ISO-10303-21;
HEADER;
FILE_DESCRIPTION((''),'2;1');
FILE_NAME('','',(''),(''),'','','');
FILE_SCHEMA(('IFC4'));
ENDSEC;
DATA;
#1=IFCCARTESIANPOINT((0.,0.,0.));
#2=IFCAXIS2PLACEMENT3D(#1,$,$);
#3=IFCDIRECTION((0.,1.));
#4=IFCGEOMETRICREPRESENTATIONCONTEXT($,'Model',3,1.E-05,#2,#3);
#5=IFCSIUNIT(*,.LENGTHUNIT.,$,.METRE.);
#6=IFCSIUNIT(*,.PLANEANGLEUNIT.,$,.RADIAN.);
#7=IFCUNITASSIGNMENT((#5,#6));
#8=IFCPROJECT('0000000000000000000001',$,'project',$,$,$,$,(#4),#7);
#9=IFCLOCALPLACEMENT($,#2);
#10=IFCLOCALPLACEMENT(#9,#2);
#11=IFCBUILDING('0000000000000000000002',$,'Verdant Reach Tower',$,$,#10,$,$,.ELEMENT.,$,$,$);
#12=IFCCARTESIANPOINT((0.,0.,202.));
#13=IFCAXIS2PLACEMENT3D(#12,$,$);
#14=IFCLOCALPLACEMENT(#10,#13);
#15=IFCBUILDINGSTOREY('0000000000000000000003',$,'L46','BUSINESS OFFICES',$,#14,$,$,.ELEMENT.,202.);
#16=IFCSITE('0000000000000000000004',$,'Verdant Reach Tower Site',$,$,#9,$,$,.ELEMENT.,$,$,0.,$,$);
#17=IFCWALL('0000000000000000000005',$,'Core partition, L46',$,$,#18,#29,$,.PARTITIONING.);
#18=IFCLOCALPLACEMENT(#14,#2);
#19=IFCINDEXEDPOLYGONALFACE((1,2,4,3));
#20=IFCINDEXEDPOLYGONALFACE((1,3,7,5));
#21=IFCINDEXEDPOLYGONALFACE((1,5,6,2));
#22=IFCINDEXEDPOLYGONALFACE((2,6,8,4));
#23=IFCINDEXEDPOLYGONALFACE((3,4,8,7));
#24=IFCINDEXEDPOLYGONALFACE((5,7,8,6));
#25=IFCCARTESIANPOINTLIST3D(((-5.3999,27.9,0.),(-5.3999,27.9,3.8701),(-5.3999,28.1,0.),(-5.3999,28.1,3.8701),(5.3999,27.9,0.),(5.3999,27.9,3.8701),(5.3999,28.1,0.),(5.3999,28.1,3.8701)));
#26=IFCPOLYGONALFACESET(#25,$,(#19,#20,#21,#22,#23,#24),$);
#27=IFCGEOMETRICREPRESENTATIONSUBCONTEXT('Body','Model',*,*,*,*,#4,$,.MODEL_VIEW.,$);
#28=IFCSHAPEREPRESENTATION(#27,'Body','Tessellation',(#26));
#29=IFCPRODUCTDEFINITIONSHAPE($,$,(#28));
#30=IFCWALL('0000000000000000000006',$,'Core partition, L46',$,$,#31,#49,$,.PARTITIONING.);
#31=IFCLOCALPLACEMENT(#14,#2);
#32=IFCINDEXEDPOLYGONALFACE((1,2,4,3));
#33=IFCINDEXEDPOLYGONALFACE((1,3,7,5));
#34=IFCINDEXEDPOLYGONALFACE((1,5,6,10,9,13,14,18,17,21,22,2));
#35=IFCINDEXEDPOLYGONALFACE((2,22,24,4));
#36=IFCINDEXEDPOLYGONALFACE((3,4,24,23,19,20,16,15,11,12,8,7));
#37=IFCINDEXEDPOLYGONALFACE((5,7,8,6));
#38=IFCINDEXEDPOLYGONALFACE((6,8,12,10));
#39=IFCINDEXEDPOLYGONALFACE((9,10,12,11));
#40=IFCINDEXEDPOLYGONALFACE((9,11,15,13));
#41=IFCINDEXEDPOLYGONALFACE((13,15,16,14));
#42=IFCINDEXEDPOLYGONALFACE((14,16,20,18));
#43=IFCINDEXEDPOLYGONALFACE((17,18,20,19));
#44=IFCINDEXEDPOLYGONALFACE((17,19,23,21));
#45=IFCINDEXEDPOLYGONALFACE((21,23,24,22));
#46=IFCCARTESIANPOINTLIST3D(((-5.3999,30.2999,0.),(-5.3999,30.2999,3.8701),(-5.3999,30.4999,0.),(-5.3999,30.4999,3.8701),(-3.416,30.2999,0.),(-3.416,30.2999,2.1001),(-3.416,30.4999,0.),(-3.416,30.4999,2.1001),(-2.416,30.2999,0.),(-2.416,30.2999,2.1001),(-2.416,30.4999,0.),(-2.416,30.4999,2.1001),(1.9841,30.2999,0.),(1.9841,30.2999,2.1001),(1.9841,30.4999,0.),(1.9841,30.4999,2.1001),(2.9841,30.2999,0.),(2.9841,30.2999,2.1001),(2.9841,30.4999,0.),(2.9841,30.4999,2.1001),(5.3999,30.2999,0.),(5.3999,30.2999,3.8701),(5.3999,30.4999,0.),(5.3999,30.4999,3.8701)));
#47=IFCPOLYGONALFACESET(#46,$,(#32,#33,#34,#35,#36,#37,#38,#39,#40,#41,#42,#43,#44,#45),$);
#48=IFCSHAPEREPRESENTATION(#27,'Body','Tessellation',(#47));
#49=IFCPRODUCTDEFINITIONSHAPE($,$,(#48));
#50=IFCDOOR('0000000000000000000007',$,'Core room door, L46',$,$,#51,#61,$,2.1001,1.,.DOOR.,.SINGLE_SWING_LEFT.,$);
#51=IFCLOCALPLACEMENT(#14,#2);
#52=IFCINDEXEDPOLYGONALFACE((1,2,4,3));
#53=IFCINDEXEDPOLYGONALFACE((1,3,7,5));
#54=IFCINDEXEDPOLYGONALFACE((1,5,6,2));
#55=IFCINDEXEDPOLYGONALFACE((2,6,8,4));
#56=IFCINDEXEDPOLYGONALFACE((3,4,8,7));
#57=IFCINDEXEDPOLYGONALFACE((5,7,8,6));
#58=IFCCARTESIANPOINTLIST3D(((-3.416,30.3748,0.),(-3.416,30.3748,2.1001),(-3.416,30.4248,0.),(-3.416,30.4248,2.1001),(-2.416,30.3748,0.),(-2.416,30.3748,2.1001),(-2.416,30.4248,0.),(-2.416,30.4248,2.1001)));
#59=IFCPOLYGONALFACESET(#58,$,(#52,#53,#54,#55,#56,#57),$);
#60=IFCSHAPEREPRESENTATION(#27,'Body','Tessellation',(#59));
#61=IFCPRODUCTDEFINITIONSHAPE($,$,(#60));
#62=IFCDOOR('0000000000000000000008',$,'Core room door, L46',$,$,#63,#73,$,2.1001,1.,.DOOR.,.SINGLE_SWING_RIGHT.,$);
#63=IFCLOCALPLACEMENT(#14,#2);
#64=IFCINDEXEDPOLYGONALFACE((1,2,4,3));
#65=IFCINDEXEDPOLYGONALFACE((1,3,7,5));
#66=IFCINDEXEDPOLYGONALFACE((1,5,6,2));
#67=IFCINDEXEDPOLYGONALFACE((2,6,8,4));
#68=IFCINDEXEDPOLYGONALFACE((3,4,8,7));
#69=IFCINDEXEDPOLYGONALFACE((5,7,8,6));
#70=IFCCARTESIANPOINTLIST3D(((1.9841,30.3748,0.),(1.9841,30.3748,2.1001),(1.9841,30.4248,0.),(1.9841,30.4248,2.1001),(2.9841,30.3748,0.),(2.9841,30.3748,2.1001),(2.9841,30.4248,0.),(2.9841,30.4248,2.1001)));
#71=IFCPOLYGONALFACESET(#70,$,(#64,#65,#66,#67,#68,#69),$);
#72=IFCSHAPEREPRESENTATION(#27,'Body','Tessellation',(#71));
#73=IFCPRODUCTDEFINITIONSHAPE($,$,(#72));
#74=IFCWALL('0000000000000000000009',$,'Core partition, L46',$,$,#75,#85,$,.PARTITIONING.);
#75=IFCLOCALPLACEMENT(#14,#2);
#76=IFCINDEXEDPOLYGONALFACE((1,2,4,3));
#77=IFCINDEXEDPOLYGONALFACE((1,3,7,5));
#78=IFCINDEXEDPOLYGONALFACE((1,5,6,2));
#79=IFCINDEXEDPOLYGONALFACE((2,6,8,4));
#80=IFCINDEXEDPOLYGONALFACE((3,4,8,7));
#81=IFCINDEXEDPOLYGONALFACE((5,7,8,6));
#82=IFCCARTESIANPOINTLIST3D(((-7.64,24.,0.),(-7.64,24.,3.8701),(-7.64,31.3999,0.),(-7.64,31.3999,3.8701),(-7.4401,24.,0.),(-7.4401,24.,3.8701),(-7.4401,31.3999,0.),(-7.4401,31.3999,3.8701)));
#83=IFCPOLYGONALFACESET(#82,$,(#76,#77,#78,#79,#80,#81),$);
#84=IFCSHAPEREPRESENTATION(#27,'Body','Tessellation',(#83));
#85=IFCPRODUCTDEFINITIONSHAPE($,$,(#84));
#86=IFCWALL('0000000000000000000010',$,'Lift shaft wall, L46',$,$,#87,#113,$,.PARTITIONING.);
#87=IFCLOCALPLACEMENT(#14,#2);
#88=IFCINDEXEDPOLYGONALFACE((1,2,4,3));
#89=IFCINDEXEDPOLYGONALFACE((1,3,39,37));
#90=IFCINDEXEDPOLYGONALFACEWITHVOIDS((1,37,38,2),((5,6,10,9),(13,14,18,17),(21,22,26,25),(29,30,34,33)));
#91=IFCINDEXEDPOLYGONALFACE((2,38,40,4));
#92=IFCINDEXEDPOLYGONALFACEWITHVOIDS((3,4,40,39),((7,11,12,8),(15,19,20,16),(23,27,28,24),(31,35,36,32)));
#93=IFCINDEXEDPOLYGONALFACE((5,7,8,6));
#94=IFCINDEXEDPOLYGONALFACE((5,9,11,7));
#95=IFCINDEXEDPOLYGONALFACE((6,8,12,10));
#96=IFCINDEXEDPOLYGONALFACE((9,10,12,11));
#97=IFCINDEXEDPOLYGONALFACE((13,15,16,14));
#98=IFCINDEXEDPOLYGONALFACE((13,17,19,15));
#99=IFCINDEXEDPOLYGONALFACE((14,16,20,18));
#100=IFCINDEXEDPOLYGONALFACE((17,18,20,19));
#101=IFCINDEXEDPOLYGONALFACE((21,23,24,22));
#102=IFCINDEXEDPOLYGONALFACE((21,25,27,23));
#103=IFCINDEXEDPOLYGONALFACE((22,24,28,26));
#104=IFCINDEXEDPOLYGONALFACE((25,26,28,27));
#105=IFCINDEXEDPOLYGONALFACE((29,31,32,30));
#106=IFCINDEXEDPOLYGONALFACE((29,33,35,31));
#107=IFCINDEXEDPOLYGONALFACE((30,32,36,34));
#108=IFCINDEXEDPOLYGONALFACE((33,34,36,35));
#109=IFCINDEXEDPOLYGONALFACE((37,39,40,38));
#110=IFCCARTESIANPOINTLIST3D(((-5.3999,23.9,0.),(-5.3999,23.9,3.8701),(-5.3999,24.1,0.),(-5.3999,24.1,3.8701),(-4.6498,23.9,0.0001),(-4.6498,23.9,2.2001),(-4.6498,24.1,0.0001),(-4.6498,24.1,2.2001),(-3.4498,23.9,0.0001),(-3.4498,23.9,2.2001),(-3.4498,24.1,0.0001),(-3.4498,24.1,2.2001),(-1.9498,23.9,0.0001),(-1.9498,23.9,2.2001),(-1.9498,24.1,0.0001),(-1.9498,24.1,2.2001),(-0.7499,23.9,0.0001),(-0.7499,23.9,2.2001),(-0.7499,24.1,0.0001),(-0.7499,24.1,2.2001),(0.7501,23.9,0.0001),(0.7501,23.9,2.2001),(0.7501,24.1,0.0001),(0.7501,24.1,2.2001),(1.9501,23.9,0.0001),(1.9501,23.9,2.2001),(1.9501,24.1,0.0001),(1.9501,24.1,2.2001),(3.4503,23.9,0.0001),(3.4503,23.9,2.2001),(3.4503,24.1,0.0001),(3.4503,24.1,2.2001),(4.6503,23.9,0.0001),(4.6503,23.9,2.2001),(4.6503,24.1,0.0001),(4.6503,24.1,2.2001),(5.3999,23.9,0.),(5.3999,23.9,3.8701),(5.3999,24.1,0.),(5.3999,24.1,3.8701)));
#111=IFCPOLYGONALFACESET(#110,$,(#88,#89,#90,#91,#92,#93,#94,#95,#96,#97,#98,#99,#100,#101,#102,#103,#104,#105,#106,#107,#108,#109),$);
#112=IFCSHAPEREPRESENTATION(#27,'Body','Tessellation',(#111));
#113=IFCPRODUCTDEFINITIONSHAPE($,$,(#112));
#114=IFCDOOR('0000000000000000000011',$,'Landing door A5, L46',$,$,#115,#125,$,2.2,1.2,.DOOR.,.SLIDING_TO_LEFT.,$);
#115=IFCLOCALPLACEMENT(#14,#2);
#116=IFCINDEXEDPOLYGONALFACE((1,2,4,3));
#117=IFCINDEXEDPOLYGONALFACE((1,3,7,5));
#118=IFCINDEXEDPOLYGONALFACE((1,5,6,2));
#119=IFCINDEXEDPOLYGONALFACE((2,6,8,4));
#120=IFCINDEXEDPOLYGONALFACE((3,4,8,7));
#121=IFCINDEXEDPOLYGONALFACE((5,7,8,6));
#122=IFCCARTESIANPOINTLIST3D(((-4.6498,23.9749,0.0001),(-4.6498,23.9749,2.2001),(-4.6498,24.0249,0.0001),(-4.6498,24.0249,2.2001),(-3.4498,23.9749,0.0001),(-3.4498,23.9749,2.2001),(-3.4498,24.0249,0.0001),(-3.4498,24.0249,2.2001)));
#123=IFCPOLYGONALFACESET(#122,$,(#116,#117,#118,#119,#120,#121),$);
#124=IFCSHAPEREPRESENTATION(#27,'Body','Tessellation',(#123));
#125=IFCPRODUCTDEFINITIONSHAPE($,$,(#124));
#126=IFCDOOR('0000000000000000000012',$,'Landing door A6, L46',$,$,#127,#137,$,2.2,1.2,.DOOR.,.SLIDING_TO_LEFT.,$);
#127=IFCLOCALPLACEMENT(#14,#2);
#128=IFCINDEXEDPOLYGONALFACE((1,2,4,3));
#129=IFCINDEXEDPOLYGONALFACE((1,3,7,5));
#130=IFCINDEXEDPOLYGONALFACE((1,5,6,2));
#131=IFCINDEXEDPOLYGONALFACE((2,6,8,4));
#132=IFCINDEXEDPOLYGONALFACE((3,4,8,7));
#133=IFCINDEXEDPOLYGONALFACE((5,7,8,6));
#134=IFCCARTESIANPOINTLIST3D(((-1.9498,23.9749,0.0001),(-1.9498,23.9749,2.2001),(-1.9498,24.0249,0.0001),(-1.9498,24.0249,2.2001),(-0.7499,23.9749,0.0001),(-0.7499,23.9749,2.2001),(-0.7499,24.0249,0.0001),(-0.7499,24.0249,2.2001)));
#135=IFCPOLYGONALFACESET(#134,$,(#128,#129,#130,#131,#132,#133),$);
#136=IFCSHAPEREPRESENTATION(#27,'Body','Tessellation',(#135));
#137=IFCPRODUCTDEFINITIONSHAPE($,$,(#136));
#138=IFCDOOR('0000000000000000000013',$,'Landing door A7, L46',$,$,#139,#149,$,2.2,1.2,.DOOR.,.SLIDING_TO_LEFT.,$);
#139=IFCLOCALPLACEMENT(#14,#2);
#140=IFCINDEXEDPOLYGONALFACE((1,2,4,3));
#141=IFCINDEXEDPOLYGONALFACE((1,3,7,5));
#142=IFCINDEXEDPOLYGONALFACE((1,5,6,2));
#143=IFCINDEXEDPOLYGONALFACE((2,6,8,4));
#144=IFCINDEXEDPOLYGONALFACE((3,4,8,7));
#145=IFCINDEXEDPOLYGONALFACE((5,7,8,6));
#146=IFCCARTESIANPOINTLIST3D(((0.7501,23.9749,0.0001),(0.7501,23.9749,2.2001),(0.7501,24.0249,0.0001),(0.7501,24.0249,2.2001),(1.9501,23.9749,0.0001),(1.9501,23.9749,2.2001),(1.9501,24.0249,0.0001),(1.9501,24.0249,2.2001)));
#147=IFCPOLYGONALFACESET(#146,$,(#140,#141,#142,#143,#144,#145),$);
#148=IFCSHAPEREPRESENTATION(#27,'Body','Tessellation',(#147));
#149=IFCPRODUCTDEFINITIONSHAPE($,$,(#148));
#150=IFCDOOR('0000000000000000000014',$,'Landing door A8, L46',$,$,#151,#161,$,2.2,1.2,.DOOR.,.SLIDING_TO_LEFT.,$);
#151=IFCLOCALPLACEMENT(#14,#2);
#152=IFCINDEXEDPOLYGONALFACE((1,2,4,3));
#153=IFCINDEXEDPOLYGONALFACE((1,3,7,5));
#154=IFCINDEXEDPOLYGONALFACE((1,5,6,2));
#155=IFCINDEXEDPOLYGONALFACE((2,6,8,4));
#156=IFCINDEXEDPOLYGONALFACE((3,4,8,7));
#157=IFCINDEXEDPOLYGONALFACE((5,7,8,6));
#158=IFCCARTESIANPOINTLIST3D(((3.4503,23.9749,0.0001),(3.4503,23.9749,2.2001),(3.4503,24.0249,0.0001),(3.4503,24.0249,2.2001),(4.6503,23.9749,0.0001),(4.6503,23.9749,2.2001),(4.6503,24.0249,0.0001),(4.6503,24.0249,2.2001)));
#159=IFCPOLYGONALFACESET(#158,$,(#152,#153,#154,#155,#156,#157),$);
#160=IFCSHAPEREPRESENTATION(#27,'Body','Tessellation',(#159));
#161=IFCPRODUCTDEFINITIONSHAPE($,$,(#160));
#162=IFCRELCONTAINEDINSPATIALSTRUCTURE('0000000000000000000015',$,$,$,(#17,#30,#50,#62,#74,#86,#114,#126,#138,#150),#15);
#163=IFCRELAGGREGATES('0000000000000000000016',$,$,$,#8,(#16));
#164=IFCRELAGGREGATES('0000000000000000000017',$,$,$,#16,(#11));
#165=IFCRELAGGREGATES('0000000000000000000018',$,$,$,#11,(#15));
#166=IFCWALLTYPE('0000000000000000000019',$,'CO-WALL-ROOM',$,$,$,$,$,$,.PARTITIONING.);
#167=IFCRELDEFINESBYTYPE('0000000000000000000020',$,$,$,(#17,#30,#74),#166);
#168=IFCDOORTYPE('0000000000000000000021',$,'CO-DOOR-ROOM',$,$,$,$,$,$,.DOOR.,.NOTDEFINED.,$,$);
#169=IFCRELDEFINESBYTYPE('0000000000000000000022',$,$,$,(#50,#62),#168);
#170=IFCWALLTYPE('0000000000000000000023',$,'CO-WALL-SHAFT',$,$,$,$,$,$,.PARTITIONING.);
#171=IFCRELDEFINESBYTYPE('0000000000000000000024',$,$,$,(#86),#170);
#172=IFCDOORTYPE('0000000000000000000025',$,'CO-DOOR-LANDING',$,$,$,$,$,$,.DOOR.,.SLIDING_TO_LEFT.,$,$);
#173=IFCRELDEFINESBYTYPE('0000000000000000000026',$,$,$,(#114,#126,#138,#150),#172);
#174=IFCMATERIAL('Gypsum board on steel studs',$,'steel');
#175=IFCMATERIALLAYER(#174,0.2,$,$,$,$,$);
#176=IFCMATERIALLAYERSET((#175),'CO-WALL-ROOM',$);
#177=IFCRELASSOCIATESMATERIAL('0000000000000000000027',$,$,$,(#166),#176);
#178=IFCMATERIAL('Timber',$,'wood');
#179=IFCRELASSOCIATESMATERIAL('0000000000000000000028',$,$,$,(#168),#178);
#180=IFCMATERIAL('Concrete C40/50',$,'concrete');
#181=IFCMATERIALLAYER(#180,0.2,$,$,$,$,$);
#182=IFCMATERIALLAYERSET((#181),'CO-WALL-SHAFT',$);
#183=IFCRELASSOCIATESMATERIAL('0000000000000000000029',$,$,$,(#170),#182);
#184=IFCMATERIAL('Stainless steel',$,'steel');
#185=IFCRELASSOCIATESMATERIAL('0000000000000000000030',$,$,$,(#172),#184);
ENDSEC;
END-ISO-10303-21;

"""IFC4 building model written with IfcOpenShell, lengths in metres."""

from ifc_helpers import new_model, si_unit, direction, frame, frame_2d, origin, place, context, subcontext, project, spatial, rectangle, extrude, material, layer, layer_set, type_object, element, fill, save


model = new_model("IFC4")

# Units and contexts
model_context = context("Model", 3, precision=1e-05, world=origin(), true_north=direction((0.0, 1.0)))
body_context = subcontext(model_context, "Body", "Model", "MODEL_VIEW")
ifc_project = project(units=[si_unit("LENGTHUNIT", "METRE"), si_unit("PLANEANGLEUNIT", "RADIAN")], contexts=[model_context])

# Site, building, storey
site_placement = place(None, origin())
site = spatial("IfcSite", under=ifc_project, at=site_placement, Name="Verdant Reach Tower Site", CompositionType="ELEMENT", RefElevation=0.0)
building_placement = place(site_placement, origin())
building = spatial("IfcBuilding", under=site, at=building_placement, Name="Verdant Reach Tower", CompositionType="ELEMENT")
storey_placement = place(building_placement, frame((0.0, 0.0, 202.0)))
storey = spatial("IfcBuildingStorey", under=building, at=storey_placement, Name="L46", Description="BUSINESS OFFICES", CompositionType="ELEMENT", Elevation=202.0)

# Wall
ifc_material_1 = material(Name="Gypsum board on steel studs", Category="steel")
ifc_layer_1 = layer(ifc_material_1, 0.2)
ifc_layer_set_1 = layer_set([ifc_layer_1], Name="CO-WALL-ROOM")
wall_type_1 = type_object("IfcWallType", Name="CO-WALL-ROOM", PredefinedType="PARTITIONING", material=ifc_layer_set_1)
wall_1_placement = place(storey_placement, frame((-5.3999, 28.0, 0.0), z_axis=(0.0, 0.0, 1.0), x_axis=(1.0, 0.0, 0.0)))
element("IfcWall", 1, at=wall_1_placement, inside=storey, type_object=wall_type_1, Name="Core partition, L46", PredefinedType="PARTITIONING", context=body_context, shape_type="SweptSolid", body=[
    extrude(rectangle(XDim=10.7998, YDim=0.2, at=frame_2d((5.3999, 0.0))), origin(), (0.0, 0.0, 1.0), 3.8701),
])

# Wall, openings, doors
wall_2_placement = place(storey_placement, frame((-5.3999, 30.3999, 0.0), z_axis=(0.0, 0.0, 1.0), x_axis=(1.0, 0.0, 0.0)))
wall_2 = element("IfcWall", 2, at=wall_2_placement, inside=storey, type_object=wall_type_1, Name="Core partition, L46", PredefinedType="PARTITIONING", context=body_context, shape_type="SweptSolid", body=[
    extrude(rectangle(XDim=10.7998, YDim=0.2, at=frame_2d((5.3999, 0.0))), origin(), (0.0, 0.0, 1.0), 3.8701),
])
opening_1_placement = place(wall_2_placement, frame((1.9839, 0.0, 0.0)))
opening_1 = element("IfcOpeningElement", 3, at=opening_1_placement, cuts=wall_2, PredefinedType="OPENING", context=body_context, shape_type="SweptSolid", body=[
    extrude(rectangle(XDim=1.0, YDim=2.1001, at=frame_2d((0.5, 1.05))), frame((0.0, 0.1099, 0.0), z_axis=(0.0, -1.0, 0.0), x_axis=(1.0, 0.0, 0.0)), (0.0, 0.0, 1.0), 0.22),
])
opening_2_placement = place(wall_2_placement, frame((7.384, 0.0, 0.0)))
opening_2 = element("IfcOpeningElement", 4, at=opening_2_placement, cuts=wall_2, PredefinedType="OPENING", context=body_context, shape_type="SweptSolid", body=[
    extrude(rectangle(XDim=1.0, YDim=2.1001, at=frame_2d((0.5, 1.05))), frame((0.0, 0.1099, 0.0), z_axis=(0.0, -1.0, 0.0), x_axis=(1.0, 0.0, 0.0)), (0.0, 0.0, 1.0), 0.22),
])
ifc_material_2 = material(Name="Timber", Category="wood")
door_type_1 = type_object("IfcDoorType", Name="CO-DOOR-ROOM", OperationType="NOTDEFINED", PredefinedType="DOOR", material=ifc_material_2)
door_1_placement = place(opening_1_placement, origin())
door_1 = element("IfcDoor", 5, at=door_1_placement, inside=storey, type_object=door_type_1, Name="Core room door, L46", OperationType="SINGLE_SWING_LEFT", OverallHeight=2.1001, OverallWidth=1.0, PredefinedType="DOOR", context=body_context, shape_type="SweptSolid", body=[
    extrude(rectangle(XDim=1.0, YDim=2.1001, at=frame_2d((0.5, 1.05))), frame((0.0, 0.0249, 0.0), z_axis=(0.0, -1.0, 0.0), x_axis=(1.0, 0.0, 0.0)), (0.0, 0.0, 1.0), 0.05),
])
fill(opening_1, door_1)
door_2_placement = place(opening_2_placement, origin())
door_2 = element("IfcDoor", 6, at=door_2_placement, inside=storey, type_object=door_type_1, Name="Core room door, L46", OperationType="SINGLE_SWING_RIGHT", OverallHeight=2.1001, OverallWidth=1.0, PredefinedType="DOOR", context=body_context, shape_type="SweptSolid", body=[
    extrude(rectangle(XDim=1.0, YDim=2.1001, at=frame_2d((0.5, 1.05))), frame((0.0, 0.0249, 0.0), z_axis=(0.0, -1.0, 0.0), x_axis=(1.0, 0.0, 0.0)), (0.0, 0.0, 1.0), 0.05),
])
fill(opening_2, door_2)

# Wall
wall_3_placement = place(storey_placement, frame((-7.54, 24.0, 0.0), z_axis=(0.0, 0.0, 1.0), x_axis=(0.0, 1.0, 0.0)))
element("IfcWall", 7, at=wall_3_placement, inside=storey, type_object=wall_type_1, Name="Core partition, L46", PredefinedType="PARTITIONING", context=body_context, shape_type="SweptSolid", body=[
    extrude(rectangle(XDim=7.3999, YDim=0.2, at=frame_2d((3.7, 0.0))), origin(), (0.0, 0.0, 1.0), 3.8701),
])

# Wall, openings, doors
ifc_material_3 = material(Name="Concrete C40/50", Category="concrete")
ifc_layer_2 = layer(ifc_material_3, 0.2)
ifc_layer_set_2 = layer_set([ifc_layer_2], Name="CO-WALL-SHAFT")
wall_type_2 = type_object("IfcWallType", Name="CO-WALL-SHAFT", PredefinedType="PARTITIONING", material=ifc_layer_set_2)
wall_4_placement = place(storey_placement, frame((-5.3999, 24.0, 0.0), z_axis=(0.0, 0.0, 1.0), x_axis=(1.0, 0.0, 0.0)))
wall_4 = element("IfcWall", 8, at=wall_4_placement, inside=storey, type_object=wall_type_2, Name="Lift shaft wall, L46", PredefinedType="PARTITIONING", context=body_context, shape_type="SweptSolid", body=[
    extrude(rectangle(XDim=10.7998, YDim=0.2, at=frame_2d((5.3999, 0.0))), origin(), (0.0, 0.0, 1.0), 3.8701),
])
opening_3_placement = place(wall_4_placement, frame((0.75, 0.0, 0.0)))
opening_3 = element("IfcOpeningElement", 9, at=opening_3_placement, cuts=wall_4, PredefinedType="OPENING", context=body_context, shape_type="SweptSolid", body=[
    extrude(rectangle(XDim=1.2, YDim=2.2, at=frame_2d((0.6001, 1.1001))), frame((0.0, 0.1099, 0.0), z_axis=(0.0, -1.0, 0.0), x_axis=(1.0, 0.0, 0.0)), (0.0, 0.0, 1.0), 0.22),
])
opening_4_placement = place(wall_4_placement, frame((3.45, 0.0, 0.0)))
opening_4 = element("IfcOpeningElement", 10, at=opening_4_placement, cuts=wall_4, PredefinedType="OPENING", context=body_context, shape_type="SweptSolid", body=[
    extrude(rectangle(XDim=1.2, YDim=2.2, at=frame_2d((0.6001, 1.1001))), frame((0.0, 0.1099, 0.0), z_axis=(0.0, -1.0, 0.0), x_axis=(1.0, 0.0, 0.0)), (0.0, 0.0, 1.0), 0.22),
])
opening_5_placement = place(wall_4_placement, frame((6.1499, 0.0, 0.0)))
opening_5 = element("IfcOpeningElement", 11, at=opening_5_placement, cuts=wall_4, PredefinedType="OPENING", context=body_context, shape_type="SweptSolid", body=[
    extrude(rectangle(XDim=1.2, YDim=2.2, at=frame_2d((0.6001, 1.1001))), frame((0.0, 0.1099, 0.0), z_axis=(0.0, -1.0, 0.0), x_axis=(1.0, 0.0, 0.0)), (0.0, 0.0, 1.0), 0.22),
])
opening_6_placement = place(wall_4_placement, frame((8.8501, 0.0, 0.0)))
opening_6 = element("IfcOpeningElement", 12, at=opening_6_placement, cuts=wall_4, PredefinedType="OPENING", context=body_context, shape_type="SweptSolid", body=[
    extrude(rectangle(XDim=1.2, YDim=2.2, at=frame_2d((0.6001, 1.1001))), frame((0.0, 0.1099, 0.0), z_axis=(0.0, -1.0, 0.0), x_axis=(1.0, 0.0, 0.0)), (0.0, 0.0, 1.0), 0.22),
])
ifc_material_4 = material(Name="Stainless steel", Category="steel")
door_type_2 = type_object("IfcDoorType", Name="CO-DOOR-LANDING", OperationType="SLIDING_TO_LEFT", PredefinedType="DOOR", material=ifc_material_4)
door_3_placement = place(opening_3_placement, origin())
door_3 = element("IfcDoor", 13, at=door_3_placement, inside=storey, type_object=door_type_2, Name="Landing door A5, L46", OperationType="SLIDING_TO_LEFT", OverallHeight=2.2, OverallWidth=1.2, PredefinedType="DOOR", context=body_context, shape_type="SweptSolid", body=[
    extrude(rectangle(XDim=1.2, YDim=2.2, at=frame_2d((0.6001, 1.1001))), frame((0.0, 0.0249, 0.0), z_axis=(0.0, -1.0, 0.0), x_axis=(1.0, 0.0, 0.0)), (0.0, 0.0, 1.0), 0.05),
])
fill(opening_3, door_3)
door_4_placement = place(opening_4_placement, origin())
door_4 = element("IfcDoor", 14, at=door_4_placement, inside=storey, type_object=door_type_2, Name="Landing door A6, L46", OperationType="SLIDING_TO_LEFT", OverallHeight=2.2, OverallWidth=1.2, PredefinedType="DOOR", context=body_context, shape_type="SweptSolid", body=[
    extrude(rectangle(XDim=1.2, YDim=2.2, at=frame_2d((0.6001, 1.1001))), frame((0.0, 0.0249, 0.0), z_axis=(0.0, -1.0, 0.0), x_axis=(1.0, 0.0, 0.0)), (0.0, 0.0, 1.0), 0.05),
])
fill(opening_4, door_4)
door_5_placement = place(opening_5_placement, origin())
door_5 = element("IfcDoor", 15, at=door_5_placement, inside=storey, type_object=door_type_2, Name="Landing door A7, L46", OperationType="SLIDING_TO_LEFT", OverallHeight=2.2, OverallWidth=1.2, PredefinedType="DOOR", context=body_context, shape_type="SweptSolid", body=[
    extrude(rectangle(XDim=1.2, YDim=2.2, at=frame_2d((0.6001, 1.1001))), frame((0.0, 0.0249, 0.0), z_axis=(0.0, -1.0, 0.0), x_axis=(1.0, 0.0, 0.0)), (0.0, 0.0, 1.0), 0.05),
])
fill(opening_5, door_5)
door_6_placement = place(opening_6_placement, origin())
door_6 = element("IfcDoor", 16, at=door_6_placement, inside=storey, type_object=door_type_2, Name="Landing door A8, L46", OperationType="SLIDING_TO_LEFT", OverallHeight=2.2, OverallWidth=1.2, PredefinedType="DOOR", context=body_context, shape_type="SweptSolid", body=[
    extrude(rectangle(XDim=1.2, YDim=2.2, at=frame_2d((0.6001, 1.1001))), frame((0.0, 0.0249, 0.0), z_axis=(0.0, -1.0, 0.0), x_axis=(1.0, 0.0, 0.0)), (0.0, 0.0, 1.0), 0.05),
])
fill(opening_6, door_6)

save(model, "model.ifc")
